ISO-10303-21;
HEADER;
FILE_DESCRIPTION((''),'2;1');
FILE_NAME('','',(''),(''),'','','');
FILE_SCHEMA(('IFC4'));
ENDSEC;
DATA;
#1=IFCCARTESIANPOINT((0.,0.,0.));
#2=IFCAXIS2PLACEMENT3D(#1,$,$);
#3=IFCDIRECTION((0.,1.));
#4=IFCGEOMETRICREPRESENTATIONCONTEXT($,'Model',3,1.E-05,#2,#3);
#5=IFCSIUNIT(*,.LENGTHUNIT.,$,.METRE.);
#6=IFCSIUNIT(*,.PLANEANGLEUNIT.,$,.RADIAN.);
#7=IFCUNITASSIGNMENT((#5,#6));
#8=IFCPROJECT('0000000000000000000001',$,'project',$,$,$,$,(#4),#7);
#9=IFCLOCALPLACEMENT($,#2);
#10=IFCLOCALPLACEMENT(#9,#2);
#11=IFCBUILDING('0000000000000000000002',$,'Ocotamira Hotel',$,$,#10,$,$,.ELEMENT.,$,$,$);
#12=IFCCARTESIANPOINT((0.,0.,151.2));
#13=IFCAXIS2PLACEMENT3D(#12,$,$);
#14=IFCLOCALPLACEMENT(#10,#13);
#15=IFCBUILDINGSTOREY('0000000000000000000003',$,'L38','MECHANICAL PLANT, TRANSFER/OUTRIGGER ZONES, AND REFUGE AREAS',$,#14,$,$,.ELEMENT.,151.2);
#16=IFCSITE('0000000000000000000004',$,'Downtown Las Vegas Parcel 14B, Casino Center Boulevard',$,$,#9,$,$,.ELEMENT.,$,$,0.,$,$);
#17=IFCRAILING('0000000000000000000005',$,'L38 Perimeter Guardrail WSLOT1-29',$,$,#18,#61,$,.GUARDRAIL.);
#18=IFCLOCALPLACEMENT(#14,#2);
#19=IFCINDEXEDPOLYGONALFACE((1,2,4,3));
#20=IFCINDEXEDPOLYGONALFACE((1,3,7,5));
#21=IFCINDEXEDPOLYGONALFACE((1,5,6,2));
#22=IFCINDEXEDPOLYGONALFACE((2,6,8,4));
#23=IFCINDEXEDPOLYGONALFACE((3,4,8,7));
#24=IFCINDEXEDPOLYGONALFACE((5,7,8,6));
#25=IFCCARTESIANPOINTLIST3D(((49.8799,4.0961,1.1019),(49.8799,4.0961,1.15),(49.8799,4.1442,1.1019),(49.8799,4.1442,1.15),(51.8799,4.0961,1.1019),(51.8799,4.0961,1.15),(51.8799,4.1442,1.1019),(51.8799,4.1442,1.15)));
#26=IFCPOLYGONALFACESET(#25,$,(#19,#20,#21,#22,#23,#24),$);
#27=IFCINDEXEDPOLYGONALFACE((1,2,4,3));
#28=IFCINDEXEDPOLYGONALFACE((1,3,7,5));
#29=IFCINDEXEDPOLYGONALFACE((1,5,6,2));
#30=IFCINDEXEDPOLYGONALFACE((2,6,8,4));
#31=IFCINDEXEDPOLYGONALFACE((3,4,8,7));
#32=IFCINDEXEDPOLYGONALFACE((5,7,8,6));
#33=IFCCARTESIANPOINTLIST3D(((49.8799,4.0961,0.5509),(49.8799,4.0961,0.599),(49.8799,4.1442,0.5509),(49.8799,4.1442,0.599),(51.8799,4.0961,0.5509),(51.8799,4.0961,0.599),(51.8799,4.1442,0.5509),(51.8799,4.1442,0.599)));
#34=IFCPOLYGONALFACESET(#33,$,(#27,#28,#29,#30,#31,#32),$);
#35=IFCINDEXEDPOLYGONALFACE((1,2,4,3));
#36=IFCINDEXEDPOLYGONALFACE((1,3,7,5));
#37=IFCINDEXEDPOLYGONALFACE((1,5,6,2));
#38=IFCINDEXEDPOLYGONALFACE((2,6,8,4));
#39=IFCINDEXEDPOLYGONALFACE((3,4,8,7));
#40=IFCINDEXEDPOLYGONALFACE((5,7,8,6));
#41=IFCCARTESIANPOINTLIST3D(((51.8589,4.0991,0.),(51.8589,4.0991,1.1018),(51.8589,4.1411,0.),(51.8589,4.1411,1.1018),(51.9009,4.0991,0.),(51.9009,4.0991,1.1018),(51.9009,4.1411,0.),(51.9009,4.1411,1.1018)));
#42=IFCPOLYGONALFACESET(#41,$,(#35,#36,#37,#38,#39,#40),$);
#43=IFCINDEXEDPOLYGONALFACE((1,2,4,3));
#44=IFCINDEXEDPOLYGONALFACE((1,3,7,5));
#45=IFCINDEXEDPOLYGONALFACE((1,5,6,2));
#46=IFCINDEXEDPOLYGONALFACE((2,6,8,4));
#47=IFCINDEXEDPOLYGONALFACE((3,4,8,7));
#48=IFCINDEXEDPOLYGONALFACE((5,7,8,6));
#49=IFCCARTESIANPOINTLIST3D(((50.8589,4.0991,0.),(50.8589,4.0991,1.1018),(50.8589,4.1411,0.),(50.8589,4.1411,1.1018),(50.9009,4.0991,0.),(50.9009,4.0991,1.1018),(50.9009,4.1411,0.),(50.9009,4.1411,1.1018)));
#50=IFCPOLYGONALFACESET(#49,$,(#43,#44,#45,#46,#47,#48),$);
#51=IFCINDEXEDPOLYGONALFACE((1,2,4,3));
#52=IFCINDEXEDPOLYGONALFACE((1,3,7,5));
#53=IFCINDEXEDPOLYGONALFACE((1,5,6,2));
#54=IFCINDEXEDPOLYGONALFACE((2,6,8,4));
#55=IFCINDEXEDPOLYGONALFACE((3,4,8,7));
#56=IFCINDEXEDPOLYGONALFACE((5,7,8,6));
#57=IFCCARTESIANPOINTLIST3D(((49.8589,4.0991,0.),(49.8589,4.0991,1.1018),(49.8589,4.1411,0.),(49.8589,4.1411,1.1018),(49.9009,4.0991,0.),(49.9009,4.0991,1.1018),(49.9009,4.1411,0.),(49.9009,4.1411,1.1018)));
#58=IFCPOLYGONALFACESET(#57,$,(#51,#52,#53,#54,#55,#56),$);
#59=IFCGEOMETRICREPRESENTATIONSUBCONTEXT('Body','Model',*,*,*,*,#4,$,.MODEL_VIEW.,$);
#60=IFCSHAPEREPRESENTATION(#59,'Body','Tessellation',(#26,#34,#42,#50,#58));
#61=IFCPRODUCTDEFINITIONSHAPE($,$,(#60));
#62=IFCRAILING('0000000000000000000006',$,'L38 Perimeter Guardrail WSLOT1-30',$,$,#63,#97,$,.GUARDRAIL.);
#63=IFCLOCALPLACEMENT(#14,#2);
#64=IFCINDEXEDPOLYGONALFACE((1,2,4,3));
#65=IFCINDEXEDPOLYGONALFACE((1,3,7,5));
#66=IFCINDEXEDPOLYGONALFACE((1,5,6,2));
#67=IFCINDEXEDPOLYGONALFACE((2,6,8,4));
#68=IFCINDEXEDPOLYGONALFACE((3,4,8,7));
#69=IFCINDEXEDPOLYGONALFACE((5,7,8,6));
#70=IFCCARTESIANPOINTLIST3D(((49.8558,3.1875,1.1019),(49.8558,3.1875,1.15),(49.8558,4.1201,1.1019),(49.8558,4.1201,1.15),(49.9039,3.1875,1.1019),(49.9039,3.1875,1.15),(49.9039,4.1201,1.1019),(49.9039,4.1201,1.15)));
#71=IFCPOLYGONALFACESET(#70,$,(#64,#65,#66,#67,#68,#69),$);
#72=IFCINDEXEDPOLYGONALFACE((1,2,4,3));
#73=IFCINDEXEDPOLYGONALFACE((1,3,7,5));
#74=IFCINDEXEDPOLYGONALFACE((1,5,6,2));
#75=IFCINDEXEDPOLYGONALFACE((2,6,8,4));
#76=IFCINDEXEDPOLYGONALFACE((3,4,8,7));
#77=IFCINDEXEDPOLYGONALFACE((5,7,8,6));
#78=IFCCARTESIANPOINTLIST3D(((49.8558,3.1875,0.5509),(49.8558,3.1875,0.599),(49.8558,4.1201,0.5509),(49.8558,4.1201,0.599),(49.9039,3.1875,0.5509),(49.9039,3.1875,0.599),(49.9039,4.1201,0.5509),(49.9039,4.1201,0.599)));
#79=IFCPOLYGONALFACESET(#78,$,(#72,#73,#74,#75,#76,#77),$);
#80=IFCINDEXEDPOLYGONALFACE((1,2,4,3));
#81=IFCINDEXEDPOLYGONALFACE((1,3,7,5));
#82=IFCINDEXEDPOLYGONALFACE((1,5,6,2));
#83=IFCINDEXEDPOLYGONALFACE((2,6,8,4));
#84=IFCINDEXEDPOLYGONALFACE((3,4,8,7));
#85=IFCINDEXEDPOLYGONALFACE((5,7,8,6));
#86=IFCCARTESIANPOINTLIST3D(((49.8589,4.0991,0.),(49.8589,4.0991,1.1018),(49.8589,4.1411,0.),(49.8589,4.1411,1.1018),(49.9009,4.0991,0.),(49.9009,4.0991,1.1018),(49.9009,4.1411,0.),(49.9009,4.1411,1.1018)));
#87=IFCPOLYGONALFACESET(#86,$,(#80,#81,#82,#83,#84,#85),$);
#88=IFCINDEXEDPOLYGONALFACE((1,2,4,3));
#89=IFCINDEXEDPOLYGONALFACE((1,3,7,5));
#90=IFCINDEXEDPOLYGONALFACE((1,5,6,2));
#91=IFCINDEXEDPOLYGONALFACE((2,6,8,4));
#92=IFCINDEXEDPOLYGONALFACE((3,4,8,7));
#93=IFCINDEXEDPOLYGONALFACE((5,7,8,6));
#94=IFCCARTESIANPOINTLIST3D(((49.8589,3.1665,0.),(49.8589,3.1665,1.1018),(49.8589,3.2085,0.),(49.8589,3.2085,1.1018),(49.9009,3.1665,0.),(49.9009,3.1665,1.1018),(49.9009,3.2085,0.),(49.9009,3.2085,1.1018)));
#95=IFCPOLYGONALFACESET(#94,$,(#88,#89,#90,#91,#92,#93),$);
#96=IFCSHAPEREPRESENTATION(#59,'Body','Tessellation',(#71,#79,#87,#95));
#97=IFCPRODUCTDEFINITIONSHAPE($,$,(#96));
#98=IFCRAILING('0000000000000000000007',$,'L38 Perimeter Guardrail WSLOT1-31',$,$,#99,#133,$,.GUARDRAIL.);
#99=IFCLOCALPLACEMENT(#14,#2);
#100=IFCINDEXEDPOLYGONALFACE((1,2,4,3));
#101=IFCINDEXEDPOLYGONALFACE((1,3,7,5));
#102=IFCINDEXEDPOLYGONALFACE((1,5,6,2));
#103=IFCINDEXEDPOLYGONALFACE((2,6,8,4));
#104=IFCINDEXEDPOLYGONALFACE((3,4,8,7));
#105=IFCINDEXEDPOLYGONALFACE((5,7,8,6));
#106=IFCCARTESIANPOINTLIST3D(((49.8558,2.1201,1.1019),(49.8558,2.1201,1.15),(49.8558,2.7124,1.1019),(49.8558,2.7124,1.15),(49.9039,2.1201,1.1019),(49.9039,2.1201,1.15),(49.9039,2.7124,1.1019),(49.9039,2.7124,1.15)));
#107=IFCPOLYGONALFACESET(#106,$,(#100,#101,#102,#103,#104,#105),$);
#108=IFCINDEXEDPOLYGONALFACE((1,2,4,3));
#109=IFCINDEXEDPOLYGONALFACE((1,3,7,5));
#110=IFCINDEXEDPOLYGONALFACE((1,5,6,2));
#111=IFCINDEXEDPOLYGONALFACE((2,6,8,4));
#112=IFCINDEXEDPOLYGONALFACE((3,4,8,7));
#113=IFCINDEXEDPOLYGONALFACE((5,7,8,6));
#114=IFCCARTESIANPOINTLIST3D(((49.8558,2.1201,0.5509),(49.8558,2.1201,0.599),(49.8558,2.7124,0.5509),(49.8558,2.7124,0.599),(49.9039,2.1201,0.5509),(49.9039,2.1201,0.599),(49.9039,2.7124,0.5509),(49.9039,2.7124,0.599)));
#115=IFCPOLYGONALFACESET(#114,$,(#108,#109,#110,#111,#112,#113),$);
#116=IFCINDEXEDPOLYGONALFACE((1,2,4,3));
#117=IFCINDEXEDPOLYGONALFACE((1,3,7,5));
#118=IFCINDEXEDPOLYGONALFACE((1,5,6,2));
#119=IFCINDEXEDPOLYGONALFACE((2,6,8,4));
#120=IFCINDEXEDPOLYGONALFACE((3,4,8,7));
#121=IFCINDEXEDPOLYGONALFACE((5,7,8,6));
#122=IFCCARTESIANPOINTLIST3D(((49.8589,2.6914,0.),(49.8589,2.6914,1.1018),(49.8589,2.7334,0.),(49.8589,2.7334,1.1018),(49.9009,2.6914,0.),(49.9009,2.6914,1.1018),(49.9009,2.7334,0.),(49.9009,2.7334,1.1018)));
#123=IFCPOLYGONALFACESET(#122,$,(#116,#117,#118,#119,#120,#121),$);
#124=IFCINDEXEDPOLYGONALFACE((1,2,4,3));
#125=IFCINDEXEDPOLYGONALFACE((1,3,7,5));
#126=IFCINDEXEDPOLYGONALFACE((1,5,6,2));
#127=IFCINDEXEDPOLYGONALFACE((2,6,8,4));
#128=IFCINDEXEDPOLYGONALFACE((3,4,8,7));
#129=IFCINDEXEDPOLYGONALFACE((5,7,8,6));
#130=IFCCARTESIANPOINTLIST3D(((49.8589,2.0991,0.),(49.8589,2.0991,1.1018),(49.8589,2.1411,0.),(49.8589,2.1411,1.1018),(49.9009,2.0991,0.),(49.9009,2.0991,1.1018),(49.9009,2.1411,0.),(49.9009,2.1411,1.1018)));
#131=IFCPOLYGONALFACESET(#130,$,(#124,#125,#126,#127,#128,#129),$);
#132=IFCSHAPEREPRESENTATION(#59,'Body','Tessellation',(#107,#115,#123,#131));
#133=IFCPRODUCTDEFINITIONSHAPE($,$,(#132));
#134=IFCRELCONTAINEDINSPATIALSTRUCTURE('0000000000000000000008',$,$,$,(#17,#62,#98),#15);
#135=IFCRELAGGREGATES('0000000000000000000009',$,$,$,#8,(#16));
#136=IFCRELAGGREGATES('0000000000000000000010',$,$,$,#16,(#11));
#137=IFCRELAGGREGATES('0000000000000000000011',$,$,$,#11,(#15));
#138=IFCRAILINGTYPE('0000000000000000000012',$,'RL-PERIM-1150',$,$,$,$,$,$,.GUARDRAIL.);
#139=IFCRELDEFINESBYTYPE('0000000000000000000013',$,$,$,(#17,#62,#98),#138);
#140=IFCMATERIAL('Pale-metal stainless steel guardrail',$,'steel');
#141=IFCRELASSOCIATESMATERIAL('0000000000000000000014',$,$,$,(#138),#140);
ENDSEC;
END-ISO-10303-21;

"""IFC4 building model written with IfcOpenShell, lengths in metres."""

from ifc_helpers import new_model, si_unit, direction, frame, origin, origin_2d, place, context, subcontext, project, spatial, rectangle, extrude, material, type_object, element, save


model = new_model("IFC4")

# Units and contexts
model_context = context("Model", 3, precision=1e-05, world=origin(), true_north=direction((0.0, 1.0)))
body_context = subcontext(model_context, "Body", "Model", "MODEL_VIEW")
ifc_project = project(units=[si_unit("LENGTHUNIT", "METRE"), si_unit("PLANEANGLEUNIT", "RADIAN")], contexts=[model_context])

# Site, building, storey
site_placement = place(None, origin())
site = spatial("IfcSite", under=ifc_project, at=site_placement, Name="Downtown Las Vegas Parcel 14B, Casino Center Boulevard", CompositionType="ELEMENT", RefElevation=0.0)
building_placement = place(site_placement, origin())
building = spatial("IfcBuilding", under=site, at=building_placement, Name="Ocotamira Hotel", CompositionType="ELEMENT")
storey_placement = place(building_placement, frame((0.0, 0.0, 151.2)))
storey = spatial("IfcBuildingStorey", under=building, at=storey_placement, Name="L38", Description="MECHANICAL PLANT, TRANSFER/OUTRIGGER ZONES, AND REFUGE AREAS", CompositionType="ELEMENT", Elevation=151.2)

# Railings
ifc_material_1 = material(Name="Pale-metal stainless steel guardrail", Category="steel")
railing_type = type_object("IfcRailingType", Name="RL-PERIM-1150", PredefinedType="GUARDRAIL", material=ifc_material_1)
railing_1_placement = place(storey_placement, frame((51.8799, 4.1201, 0.0)))
element("IfcRailing", 1, at=railing_1_placement, inside=storey, type_object=railing_type, Name="L38 Perimeter Guardrail WSLOT1-29", PredefinedType="GUARDRAIL", context=body_context, shape_type="SweptSolid", body=[
    extrude(rectangle(XDim=0.0481, YDim=0.0481, at=origin_2d()), frame((0.0, 0.0, 1.126), z_axis=(-1.0, 0.0, 0.0), x_axis=(0.0, -1.0, 0.0)), (0.0, 0.0, 1.0), 2.0),
    extrude(rectangle(XDim=0.0481, YDim=0.0481, at=origin_2d()), frame((0.0, 0.0, 0.575), z_axis=(-1.0, 0.0, 0.0), x_axis=(0.0, -1.0, 0.0)), (0.0, 0.0, 1.0), 2.0),
    extrude(rectangle(XDim=0.042, YDim=0.042, at=origin_2d()), origin(), (0.0, 0.0, 1.0), 1.1018),
    extrude(rectangle(XDim=0.042, YDim=0.042, at=origin_2d()), frame((-1.0, 0.0, 0.0)), (0.0, 0.0, 1.0), 1.1018),
    extrude(rectangle(XDim=0.042, YDim=0.042, at=origin_2d()), frame((-2.0, 0.0, 0.0)), (0.0, 0.0, 1.0), 1.1018),
])
railing_2_placement = place(storey_placement, frame((49.8799, 4.1201, 0.0)))
element("IfcRailing", 2, at=railing_2_placement, inside=storey, type_object=railing_type, Name="L38 Perimeter Guardrail WSLOT1-30", PredefinedType="GUARDRAIL", context=body_context, shape_type="SweptSolid", body=[
    extrude(rectangle(XDim=0.0481, YDim=0.0481, at=origin_2d()), frame((0.0, 0.0, 1.126), z_axis=(0.0, -1.0, 0.0), x_axis=(1.0, 0.0, 0.0)), (0.0, 0.0, 1.0), 0.9326),
    extrude(rectangle(XDim=0.0481, YDim=0.0481, at=origin_2d()), frame((0.0, 0.0, 0.575), z_axis=(0.0, -1.0, 0.0), x_axis=(1.0, 0.0, 0.0)), (0.0, 0.0, 1.0), 0.9326),
    extrude(rectangle(XDim=0.042, YDim=0.042, at=origin_2d()), origin(), (0.0, 0.0, 1.0), 1.1018),
    extrude(rectangle(XDim=0.042, YDim=0.042, at=origin_2d()), frame((0.0, -0.9326, 0.0)), (0.0, 0.0, 1.0), 1.1018),
])
railing_3_placement = place(storey_placement, frame((49.8799, 2.7124, 0.0)))
element("IfcRailing", 3, at=railing_3_placement, inside=storey, type_object=railing_type, Name="L38 Perimeter Guardrail WSLOT1-31", PredefinedType="GUARDRAIL", context=body_context, shape_type="SweptSolid", body=[
    extrude(rectangle(XDim=0.0481, YDim=0.0481, at=origin_2d()), frame((0.0, 0.0, 1.126), z_axis=(0.0, -1.0, 0.0), x_axis=(1.0, 0.0, 0.0)), (0.0, 0.0, 1.0), 0.5923),
    extrude(rectangle(XDim=0.0481, YDim=0.0481, at=origin_2d()), frame((0.0, 0.0, 0.575), z_axis=(0.0, -1.0, 0.0), x_axis=(1.0, 0.0, 0.0)), (0.0, 0.0, 1.0), 0.5923),
    extrude(rectangle(XDim=0.042, YDim=0.042, at=origin_2d()), origin(), (0.0, 0.0, 1.0), 1.1018),
    extrude(rectangle(XDim=0.042, YDim=0.042, at=origin_2d()), frame((0.0, -0.5923, 0.0)), (0.0, 0.0, 1.0), 1.1018),
])

save(model, "model.ifc")
